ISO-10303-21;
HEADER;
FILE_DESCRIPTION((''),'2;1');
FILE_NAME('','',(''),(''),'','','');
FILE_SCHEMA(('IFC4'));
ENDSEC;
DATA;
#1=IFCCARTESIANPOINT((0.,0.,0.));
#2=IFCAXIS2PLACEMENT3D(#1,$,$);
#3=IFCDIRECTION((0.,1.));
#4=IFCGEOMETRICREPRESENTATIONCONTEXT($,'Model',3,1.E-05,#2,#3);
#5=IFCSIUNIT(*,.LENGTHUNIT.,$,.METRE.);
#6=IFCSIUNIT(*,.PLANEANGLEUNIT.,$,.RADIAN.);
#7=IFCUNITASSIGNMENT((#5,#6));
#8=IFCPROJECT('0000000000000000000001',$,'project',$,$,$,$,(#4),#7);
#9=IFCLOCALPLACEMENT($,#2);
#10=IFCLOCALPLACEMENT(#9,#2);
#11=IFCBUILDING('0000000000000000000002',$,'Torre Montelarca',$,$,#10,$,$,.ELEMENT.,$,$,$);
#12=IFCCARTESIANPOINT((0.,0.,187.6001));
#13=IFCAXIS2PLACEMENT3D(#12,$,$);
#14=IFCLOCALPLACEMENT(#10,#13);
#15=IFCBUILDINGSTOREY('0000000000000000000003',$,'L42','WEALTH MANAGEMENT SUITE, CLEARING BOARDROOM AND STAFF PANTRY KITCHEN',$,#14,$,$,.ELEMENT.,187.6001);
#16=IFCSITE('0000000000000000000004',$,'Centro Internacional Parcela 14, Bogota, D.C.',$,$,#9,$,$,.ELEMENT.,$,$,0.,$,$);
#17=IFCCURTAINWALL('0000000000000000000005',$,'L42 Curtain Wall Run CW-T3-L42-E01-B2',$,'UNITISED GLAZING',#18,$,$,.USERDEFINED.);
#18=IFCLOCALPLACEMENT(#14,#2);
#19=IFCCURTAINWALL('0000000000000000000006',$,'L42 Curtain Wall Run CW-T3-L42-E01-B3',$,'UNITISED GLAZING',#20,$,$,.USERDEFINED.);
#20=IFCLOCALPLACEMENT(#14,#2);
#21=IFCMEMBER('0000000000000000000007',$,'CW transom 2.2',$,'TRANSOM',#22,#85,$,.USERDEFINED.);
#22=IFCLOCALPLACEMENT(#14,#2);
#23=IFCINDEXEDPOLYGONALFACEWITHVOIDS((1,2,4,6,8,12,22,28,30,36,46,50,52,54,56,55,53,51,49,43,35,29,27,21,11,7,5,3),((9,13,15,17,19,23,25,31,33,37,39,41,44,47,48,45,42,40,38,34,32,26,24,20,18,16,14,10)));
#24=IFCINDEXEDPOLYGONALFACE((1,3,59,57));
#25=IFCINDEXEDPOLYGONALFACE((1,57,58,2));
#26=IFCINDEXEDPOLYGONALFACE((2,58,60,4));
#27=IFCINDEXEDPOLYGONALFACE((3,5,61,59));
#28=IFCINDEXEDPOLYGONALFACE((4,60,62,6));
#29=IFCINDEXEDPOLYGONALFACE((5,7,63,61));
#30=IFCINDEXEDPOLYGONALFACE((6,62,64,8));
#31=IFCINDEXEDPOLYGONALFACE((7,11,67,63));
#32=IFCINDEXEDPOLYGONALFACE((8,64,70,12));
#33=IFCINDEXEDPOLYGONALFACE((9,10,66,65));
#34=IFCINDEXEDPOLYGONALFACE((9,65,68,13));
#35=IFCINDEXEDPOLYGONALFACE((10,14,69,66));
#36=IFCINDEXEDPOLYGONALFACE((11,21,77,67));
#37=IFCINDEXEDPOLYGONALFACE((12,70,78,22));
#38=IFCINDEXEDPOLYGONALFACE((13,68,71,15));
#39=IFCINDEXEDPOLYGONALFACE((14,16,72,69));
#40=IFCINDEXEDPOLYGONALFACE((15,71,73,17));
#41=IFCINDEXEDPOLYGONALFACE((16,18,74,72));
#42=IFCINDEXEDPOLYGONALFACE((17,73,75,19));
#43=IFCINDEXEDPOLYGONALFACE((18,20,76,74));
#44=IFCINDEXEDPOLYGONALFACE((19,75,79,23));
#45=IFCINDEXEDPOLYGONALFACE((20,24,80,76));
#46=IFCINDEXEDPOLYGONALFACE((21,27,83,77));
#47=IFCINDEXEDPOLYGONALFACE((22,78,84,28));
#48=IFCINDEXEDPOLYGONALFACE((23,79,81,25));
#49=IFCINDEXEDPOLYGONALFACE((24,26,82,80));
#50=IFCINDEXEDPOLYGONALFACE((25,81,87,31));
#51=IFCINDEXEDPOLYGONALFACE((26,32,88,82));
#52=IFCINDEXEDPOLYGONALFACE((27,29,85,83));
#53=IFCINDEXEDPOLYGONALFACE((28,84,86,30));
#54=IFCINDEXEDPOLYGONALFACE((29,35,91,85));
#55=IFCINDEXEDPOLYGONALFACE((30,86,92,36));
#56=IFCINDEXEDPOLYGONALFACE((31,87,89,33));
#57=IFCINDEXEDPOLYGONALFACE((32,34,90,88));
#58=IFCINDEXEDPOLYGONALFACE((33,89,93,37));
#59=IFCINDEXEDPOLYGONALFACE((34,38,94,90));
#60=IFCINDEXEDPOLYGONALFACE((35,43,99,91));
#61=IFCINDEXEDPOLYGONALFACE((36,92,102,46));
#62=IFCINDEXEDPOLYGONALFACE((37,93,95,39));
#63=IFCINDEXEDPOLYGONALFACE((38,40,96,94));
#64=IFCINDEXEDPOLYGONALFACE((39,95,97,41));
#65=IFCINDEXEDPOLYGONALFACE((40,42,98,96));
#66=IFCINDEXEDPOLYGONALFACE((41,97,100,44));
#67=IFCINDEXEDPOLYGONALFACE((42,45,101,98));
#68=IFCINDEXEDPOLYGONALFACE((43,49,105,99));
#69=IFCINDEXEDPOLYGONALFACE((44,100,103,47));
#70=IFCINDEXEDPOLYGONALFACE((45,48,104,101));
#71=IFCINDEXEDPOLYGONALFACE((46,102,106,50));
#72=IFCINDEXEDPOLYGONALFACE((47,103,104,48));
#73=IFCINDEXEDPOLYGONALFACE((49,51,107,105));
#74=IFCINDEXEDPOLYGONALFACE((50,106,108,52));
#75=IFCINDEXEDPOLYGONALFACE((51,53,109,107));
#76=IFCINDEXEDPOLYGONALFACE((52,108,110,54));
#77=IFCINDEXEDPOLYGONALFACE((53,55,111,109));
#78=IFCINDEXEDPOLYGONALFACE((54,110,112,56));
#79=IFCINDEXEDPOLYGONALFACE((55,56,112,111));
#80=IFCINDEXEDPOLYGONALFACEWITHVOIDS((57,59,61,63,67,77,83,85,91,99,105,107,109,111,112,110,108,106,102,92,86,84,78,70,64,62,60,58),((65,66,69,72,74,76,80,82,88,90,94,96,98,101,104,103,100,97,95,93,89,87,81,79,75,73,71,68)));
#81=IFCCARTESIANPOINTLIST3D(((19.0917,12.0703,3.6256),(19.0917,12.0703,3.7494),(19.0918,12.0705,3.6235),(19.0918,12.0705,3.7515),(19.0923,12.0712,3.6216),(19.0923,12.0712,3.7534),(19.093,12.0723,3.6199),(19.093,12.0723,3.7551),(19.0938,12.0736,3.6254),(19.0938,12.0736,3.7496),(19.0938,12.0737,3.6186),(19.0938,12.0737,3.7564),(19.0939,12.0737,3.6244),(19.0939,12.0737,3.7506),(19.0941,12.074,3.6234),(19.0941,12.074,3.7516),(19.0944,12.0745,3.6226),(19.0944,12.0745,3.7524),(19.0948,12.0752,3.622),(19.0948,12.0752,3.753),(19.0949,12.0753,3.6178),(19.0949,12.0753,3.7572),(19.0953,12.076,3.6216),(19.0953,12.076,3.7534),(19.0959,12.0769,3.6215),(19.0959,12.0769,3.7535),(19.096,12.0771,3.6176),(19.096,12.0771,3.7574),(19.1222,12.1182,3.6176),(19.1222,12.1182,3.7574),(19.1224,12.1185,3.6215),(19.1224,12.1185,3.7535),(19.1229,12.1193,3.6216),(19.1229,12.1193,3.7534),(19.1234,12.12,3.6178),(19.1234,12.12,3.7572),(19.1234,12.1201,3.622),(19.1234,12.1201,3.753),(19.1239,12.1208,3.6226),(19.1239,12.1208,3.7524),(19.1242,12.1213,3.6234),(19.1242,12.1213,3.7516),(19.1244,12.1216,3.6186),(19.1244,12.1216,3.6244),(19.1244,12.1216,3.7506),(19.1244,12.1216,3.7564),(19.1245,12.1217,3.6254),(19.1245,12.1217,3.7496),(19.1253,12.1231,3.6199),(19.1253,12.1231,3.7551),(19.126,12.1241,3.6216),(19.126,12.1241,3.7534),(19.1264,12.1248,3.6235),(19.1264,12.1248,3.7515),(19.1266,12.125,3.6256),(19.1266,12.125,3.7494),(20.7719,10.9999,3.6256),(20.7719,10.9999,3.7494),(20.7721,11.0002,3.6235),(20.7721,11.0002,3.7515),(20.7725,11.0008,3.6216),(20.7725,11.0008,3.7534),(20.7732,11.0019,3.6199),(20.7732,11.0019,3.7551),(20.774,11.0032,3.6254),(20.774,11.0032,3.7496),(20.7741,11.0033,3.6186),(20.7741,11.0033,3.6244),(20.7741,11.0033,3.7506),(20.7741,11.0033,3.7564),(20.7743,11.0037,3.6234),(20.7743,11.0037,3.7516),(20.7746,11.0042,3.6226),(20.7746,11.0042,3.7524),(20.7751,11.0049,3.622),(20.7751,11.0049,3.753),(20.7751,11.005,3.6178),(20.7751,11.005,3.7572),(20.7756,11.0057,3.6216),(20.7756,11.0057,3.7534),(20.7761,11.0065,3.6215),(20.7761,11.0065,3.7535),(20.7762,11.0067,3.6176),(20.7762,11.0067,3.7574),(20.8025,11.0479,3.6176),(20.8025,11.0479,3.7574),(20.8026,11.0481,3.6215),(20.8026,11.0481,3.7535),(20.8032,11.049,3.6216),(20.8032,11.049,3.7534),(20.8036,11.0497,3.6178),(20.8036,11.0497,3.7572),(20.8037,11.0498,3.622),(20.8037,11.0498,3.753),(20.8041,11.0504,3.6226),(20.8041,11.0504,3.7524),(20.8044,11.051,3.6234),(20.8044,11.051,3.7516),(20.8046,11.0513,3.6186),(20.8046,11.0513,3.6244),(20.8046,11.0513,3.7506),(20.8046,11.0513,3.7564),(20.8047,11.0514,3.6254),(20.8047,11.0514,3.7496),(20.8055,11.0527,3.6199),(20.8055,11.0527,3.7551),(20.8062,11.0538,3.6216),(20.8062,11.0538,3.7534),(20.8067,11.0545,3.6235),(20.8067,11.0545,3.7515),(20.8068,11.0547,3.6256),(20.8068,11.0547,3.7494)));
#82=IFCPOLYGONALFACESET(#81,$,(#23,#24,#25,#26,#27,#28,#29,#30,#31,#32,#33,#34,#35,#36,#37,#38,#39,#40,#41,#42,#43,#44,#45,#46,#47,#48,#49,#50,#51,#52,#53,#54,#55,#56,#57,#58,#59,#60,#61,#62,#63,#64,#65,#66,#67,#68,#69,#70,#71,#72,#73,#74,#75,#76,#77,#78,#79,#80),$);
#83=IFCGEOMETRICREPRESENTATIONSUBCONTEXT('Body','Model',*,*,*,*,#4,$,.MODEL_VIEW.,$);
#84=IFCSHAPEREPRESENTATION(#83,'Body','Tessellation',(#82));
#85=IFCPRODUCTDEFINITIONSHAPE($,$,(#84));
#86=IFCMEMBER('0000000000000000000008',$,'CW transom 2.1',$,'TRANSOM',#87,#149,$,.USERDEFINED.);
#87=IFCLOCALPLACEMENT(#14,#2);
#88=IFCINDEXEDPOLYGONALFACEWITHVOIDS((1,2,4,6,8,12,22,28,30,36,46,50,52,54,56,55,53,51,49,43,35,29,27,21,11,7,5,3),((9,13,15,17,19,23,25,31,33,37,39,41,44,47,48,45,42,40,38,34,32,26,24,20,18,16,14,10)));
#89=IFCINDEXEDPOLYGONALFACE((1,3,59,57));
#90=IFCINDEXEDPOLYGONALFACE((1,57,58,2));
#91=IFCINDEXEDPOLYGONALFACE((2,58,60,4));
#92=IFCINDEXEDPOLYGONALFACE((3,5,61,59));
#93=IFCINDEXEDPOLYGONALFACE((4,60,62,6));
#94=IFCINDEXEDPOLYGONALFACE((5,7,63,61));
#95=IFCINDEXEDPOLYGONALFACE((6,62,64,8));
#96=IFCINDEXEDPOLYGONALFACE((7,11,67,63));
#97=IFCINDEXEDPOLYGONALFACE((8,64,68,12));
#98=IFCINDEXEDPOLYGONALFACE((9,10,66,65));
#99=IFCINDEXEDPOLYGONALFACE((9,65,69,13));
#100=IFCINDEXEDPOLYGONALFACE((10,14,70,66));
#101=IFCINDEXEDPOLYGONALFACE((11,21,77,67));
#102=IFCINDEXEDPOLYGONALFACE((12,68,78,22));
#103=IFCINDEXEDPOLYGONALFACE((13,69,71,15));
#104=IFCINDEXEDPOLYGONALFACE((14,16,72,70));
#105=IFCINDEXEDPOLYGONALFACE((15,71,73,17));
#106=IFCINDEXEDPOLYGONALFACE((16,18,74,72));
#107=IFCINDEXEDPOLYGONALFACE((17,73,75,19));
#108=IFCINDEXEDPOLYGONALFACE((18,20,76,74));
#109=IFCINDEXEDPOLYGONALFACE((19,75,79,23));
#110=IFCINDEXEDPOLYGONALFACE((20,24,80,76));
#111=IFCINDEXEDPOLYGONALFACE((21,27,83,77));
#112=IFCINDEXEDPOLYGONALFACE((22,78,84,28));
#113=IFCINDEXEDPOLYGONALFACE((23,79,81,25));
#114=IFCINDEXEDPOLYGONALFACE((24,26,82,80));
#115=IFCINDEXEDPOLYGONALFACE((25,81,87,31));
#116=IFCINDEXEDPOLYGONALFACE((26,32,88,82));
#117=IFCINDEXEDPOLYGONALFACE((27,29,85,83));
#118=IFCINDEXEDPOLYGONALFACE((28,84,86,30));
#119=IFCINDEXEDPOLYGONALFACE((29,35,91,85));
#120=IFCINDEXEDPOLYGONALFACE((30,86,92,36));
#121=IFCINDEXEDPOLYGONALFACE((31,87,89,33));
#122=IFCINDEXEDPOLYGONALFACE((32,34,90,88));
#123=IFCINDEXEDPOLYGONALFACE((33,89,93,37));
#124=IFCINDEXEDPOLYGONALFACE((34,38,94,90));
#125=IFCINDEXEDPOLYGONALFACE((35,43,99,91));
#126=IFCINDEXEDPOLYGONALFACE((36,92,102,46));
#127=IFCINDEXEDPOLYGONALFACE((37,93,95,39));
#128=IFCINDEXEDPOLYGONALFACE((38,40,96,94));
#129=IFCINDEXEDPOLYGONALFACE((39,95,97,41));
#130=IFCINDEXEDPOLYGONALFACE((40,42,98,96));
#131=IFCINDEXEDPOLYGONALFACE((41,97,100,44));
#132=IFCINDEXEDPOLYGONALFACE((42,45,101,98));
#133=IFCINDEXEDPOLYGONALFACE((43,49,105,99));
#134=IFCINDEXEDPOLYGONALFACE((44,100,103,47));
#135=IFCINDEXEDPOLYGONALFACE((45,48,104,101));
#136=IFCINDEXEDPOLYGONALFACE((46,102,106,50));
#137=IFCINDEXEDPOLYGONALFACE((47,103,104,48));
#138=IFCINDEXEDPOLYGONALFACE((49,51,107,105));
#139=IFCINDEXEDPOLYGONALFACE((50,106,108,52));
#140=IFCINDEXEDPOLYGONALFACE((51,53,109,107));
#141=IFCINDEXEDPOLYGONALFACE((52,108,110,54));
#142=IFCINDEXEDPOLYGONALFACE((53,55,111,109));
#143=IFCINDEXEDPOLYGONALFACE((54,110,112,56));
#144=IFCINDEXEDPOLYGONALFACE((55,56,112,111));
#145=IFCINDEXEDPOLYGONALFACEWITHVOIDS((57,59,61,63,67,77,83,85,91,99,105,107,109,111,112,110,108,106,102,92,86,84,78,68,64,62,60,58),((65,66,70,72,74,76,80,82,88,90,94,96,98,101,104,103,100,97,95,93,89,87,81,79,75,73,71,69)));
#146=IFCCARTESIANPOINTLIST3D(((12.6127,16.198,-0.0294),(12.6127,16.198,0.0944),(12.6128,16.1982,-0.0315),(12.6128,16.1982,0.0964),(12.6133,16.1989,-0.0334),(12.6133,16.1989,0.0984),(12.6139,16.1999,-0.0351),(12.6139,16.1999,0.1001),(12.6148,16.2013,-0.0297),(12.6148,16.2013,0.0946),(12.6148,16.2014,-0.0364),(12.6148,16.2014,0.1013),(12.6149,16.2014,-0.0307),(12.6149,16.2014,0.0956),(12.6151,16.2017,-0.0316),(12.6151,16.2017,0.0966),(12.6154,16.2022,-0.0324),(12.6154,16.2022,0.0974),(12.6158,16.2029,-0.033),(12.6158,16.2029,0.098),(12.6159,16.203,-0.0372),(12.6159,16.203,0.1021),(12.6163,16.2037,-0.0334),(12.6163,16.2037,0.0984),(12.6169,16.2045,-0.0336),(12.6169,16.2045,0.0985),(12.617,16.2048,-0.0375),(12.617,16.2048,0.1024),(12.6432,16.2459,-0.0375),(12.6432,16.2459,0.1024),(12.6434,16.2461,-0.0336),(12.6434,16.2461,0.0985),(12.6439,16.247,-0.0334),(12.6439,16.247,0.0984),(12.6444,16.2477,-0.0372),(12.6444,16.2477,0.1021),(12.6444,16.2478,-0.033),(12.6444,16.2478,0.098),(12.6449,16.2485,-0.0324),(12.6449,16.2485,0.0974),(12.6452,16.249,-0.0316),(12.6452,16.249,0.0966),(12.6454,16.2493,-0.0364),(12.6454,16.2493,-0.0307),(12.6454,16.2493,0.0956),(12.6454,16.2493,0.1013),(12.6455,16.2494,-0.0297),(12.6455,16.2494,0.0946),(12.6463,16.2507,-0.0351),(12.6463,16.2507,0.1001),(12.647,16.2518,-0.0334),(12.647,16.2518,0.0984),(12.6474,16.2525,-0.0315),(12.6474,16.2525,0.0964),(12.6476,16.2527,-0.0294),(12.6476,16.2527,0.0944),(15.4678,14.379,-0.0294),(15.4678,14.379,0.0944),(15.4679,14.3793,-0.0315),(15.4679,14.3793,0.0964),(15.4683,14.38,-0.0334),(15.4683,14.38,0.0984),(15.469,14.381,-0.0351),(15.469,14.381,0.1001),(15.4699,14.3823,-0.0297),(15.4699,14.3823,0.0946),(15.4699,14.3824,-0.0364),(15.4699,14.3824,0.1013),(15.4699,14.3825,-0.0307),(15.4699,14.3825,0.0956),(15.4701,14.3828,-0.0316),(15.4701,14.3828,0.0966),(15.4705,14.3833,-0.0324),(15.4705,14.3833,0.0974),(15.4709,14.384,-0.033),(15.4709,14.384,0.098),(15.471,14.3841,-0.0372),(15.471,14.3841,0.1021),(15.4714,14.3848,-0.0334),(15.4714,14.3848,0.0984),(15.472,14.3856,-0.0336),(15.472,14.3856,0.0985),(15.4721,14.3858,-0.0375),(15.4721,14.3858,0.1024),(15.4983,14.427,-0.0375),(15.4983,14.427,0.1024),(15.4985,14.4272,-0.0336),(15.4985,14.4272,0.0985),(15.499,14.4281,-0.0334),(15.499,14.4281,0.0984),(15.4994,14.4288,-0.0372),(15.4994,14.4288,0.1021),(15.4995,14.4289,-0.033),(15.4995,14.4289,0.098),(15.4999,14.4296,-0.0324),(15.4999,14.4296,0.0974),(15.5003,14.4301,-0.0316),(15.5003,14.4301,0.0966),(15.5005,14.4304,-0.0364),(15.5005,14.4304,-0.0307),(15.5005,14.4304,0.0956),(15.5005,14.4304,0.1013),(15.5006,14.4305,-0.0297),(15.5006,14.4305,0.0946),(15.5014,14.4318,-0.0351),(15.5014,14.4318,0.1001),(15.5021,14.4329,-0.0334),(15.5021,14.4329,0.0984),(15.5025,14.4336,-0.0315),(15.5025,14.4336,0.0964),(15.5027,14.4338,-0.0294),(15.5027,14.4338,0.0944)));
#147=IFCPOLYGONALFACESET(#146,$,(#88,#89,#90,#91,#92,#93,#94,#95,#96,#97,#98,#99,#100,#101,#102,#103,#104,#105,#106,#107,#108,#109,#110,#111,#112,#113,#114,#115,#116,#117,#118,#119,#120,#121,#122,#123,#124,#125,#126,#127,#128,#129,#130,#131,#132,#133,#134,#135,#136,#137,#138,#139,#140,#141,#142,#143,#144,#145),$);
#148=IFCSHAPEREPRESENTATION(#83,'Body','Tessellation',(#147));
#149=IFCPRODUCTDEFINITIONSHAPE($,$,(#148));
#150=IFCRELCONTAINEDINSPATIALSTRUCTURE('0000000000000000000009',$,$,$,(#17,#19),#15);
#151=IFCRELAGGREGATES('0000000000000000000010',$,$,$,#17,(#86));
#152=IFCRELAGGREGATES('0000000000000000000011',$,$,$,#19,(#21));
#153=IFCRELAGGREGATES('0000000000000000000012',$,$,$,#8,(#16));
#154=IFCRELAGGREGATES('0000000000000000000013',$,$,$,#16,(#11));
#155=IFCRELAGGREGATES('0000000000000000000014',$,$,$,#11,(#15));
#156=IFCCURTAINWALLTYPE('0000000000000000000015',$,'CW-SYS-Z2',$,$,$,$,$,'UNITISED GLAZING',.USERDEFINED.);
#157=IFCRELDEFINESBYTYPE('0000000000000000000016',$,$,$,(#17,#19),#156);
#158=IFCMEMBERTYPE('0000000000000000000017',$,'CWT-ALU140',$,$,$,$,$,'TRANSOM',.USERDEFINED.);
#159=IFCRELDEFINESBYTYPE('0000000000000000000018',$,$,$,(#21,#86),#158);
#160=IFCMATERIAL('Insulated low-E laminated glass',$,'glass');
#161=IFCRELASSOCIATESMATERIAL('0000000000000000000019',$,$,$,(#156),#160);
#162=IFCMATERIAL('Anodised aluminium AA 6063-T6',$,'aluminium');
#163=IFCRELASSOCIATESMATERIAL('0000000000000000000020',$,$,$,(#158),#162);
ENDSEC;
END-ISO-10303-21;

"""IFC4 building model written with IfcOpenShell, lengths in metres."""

from ifc_helpers import new_model, si_unit, direction, frame, origin, origin_2d, place, context, subcontext, project, spatial, hollow_rectangle, extrude, source, transform, mapped, material, material_profile, profile_set, type_object, element, aggregate, save


model = new_model("IFC4")

# Units and contexts
model_context = context("Model", 3, precision=1e-05, world=origin(), true_north=direction((0.0, 1.0)))
body_context = subcontext(model_context, "Body", "Model", "MODEL_VIEW")
ifc_project = project(units=[si_unit("LENGTHUNIT", "METRE"), si_unit("PLANEANGLEUNIT", "RADIAN")], contexts=[model_context])

# Site, building, storey
site_placement = place(None, origin())
site = spatial("IfcSite", under=ifc_project, at=site_placement, Name="Centro Internacional Parcela 14, Bogota, D.C.", CompositionType="ELEMENT", RefElevation=0.0)
building_placement = place(site_placement, origin())
building = spatial("IfcBuilding", under=site, at=building_placement, Name="Torre Montelarca", CompositionType="ELEMENT")
storey_placement = place(building_placement, frame((0.0, 0.0, 187.6001)))
storey = spatial("IfcBuildingStorey", under=building, at=storey_placement, Name="L42", Description="WEALTH MANAGEMENT SUITE, CLEARING BOARDROOM AND STAFF PANTRY KITCHEN", CompositionType="ELEMENT", Elevation=187.6001)

# Shared definitions
ifc_material_1 = material(Name="Insulated low-E laminated glass", Category="glass")
curtain_wall_type = type_object("IfcCurtainWallType", Name="CW-SYS-Z2", ElementType="UNITISED GLAZING", PredefinedType="USERDEFINED", material=ifc_material_1)
ifc_material_2 = material(Name="Anodised aluminium AA 6063-T6", Category="aluminium")

# Curtain walls
curtain_wall_1_placement = place(storey_placement, origin())
curtain_wall_1 = element("IfcCurtainWall", 1, at=curtain_wall_1_placement, inside=storey, type_object=curtain_wall_type, Name="L42 Curtain Wall Run CW-T3-L42-E01-B2", ObjectType="UNITISED GLAZING", PredefinedType="USERDEFINED")
curtain_wall_2_placement = place(storey_placement, origin())
curtain_wall_2 = element("IfcCurtainWall", 2, at=curtain_wall_2_placement, inside=storey, type_object=curtain_wall_type, Name="L42 Curtain Wall Run CW-T3-L42-E01-B3", ObjectType="UNITISED GLAZING", PredefinedType="USERDEFINED")

# Members
ifc_material_profile_1 = material_profile(ifc_material_2, hollow_rectangle(XDim=0.0649, YDim=0.1399, WallThickness=0.0039, InnerFilletRadius=0.0039, OuterFilletRadius=0.0081, at=origin_2d()), Name="ALU65X140X4", Category="aluminium")
ifc_profile_set_1 = profile_set([ifc_material_profile_1], Name="Anodised aluminium AA 6063-T6")
member_type_1 = type_object("IfcMemberType", Name="CWT-ALU140", ElementType="TRANSOM", PredefinedType="USERDEFINED", material=ifc_profile_set_1)
shared_shape_1 = source(origin(), body_context, "Body", "SweptSolid", [
    extrude(hollow_rectangle(XDim=0.0649, YDim=0.1399, WallThickness=0.0039, InnerFilletRadius=0.0039, OuterFilletRadius=0.0081, at=origin_2d()), origin(), (0.0, 0.0, 1.0), 1.9922),
])
member_1_placement = place(storey_placement, frame((19.1091, 12.0977, 3.6875), z_axis=(0.843409, -0.537272, 0.0), x_axis=(0.537272, 0.843409, 0.0)))
member_1 = element("IfcMember", 3, at=member_1_placement, type_object=member_type_1, Name="CW transom 2.2", ObjectType="TRANSOM", PredefinedType="USERDEFINED", context=body_context, shape_type="MappedRepresentation", body=[
    mapped(shared_shape_1, transform((0.0, 0.0, 0.0), scale=1.0)),
])
shared_shape_2 = source(origin(), body_context, "Body", "SweptSolid", [
    extrude(hollow_rectangle(XDim=0.0649, YDim=0.1399, WallThickness=0.0039, InnerFilletRadius=0.0039, OuterFilletRadius=0.0081, at=origin_2d()), origin(), (0.0, 0.0, 1.0), 3.3853),
])
member_2_placement = place(storey_placement, frame((12.6301, 16.2253, 0.0325), z_axis=(0.843388, -0.537305, 0.0), x_axis=(0.537305, 0.843388, 0.0)))
member_2 = element("IfcMember", 4, at=member_2_placement, type_object=member_type_1, Name="CW transom 2.1", ObjectType="TRANSOM", PredefinedType="USERDEFINED", context=body_context, shape_type="MappedRepresentation", body=[
    mapped(shared_shape_2, transform((0.0, 0.0, 0.0), scale=1.0)),
])

aggregate(curtain_wall_1, [member_2])
aggregate(curtain_wall_2, [member_1])

save(model, "model.ifc")
